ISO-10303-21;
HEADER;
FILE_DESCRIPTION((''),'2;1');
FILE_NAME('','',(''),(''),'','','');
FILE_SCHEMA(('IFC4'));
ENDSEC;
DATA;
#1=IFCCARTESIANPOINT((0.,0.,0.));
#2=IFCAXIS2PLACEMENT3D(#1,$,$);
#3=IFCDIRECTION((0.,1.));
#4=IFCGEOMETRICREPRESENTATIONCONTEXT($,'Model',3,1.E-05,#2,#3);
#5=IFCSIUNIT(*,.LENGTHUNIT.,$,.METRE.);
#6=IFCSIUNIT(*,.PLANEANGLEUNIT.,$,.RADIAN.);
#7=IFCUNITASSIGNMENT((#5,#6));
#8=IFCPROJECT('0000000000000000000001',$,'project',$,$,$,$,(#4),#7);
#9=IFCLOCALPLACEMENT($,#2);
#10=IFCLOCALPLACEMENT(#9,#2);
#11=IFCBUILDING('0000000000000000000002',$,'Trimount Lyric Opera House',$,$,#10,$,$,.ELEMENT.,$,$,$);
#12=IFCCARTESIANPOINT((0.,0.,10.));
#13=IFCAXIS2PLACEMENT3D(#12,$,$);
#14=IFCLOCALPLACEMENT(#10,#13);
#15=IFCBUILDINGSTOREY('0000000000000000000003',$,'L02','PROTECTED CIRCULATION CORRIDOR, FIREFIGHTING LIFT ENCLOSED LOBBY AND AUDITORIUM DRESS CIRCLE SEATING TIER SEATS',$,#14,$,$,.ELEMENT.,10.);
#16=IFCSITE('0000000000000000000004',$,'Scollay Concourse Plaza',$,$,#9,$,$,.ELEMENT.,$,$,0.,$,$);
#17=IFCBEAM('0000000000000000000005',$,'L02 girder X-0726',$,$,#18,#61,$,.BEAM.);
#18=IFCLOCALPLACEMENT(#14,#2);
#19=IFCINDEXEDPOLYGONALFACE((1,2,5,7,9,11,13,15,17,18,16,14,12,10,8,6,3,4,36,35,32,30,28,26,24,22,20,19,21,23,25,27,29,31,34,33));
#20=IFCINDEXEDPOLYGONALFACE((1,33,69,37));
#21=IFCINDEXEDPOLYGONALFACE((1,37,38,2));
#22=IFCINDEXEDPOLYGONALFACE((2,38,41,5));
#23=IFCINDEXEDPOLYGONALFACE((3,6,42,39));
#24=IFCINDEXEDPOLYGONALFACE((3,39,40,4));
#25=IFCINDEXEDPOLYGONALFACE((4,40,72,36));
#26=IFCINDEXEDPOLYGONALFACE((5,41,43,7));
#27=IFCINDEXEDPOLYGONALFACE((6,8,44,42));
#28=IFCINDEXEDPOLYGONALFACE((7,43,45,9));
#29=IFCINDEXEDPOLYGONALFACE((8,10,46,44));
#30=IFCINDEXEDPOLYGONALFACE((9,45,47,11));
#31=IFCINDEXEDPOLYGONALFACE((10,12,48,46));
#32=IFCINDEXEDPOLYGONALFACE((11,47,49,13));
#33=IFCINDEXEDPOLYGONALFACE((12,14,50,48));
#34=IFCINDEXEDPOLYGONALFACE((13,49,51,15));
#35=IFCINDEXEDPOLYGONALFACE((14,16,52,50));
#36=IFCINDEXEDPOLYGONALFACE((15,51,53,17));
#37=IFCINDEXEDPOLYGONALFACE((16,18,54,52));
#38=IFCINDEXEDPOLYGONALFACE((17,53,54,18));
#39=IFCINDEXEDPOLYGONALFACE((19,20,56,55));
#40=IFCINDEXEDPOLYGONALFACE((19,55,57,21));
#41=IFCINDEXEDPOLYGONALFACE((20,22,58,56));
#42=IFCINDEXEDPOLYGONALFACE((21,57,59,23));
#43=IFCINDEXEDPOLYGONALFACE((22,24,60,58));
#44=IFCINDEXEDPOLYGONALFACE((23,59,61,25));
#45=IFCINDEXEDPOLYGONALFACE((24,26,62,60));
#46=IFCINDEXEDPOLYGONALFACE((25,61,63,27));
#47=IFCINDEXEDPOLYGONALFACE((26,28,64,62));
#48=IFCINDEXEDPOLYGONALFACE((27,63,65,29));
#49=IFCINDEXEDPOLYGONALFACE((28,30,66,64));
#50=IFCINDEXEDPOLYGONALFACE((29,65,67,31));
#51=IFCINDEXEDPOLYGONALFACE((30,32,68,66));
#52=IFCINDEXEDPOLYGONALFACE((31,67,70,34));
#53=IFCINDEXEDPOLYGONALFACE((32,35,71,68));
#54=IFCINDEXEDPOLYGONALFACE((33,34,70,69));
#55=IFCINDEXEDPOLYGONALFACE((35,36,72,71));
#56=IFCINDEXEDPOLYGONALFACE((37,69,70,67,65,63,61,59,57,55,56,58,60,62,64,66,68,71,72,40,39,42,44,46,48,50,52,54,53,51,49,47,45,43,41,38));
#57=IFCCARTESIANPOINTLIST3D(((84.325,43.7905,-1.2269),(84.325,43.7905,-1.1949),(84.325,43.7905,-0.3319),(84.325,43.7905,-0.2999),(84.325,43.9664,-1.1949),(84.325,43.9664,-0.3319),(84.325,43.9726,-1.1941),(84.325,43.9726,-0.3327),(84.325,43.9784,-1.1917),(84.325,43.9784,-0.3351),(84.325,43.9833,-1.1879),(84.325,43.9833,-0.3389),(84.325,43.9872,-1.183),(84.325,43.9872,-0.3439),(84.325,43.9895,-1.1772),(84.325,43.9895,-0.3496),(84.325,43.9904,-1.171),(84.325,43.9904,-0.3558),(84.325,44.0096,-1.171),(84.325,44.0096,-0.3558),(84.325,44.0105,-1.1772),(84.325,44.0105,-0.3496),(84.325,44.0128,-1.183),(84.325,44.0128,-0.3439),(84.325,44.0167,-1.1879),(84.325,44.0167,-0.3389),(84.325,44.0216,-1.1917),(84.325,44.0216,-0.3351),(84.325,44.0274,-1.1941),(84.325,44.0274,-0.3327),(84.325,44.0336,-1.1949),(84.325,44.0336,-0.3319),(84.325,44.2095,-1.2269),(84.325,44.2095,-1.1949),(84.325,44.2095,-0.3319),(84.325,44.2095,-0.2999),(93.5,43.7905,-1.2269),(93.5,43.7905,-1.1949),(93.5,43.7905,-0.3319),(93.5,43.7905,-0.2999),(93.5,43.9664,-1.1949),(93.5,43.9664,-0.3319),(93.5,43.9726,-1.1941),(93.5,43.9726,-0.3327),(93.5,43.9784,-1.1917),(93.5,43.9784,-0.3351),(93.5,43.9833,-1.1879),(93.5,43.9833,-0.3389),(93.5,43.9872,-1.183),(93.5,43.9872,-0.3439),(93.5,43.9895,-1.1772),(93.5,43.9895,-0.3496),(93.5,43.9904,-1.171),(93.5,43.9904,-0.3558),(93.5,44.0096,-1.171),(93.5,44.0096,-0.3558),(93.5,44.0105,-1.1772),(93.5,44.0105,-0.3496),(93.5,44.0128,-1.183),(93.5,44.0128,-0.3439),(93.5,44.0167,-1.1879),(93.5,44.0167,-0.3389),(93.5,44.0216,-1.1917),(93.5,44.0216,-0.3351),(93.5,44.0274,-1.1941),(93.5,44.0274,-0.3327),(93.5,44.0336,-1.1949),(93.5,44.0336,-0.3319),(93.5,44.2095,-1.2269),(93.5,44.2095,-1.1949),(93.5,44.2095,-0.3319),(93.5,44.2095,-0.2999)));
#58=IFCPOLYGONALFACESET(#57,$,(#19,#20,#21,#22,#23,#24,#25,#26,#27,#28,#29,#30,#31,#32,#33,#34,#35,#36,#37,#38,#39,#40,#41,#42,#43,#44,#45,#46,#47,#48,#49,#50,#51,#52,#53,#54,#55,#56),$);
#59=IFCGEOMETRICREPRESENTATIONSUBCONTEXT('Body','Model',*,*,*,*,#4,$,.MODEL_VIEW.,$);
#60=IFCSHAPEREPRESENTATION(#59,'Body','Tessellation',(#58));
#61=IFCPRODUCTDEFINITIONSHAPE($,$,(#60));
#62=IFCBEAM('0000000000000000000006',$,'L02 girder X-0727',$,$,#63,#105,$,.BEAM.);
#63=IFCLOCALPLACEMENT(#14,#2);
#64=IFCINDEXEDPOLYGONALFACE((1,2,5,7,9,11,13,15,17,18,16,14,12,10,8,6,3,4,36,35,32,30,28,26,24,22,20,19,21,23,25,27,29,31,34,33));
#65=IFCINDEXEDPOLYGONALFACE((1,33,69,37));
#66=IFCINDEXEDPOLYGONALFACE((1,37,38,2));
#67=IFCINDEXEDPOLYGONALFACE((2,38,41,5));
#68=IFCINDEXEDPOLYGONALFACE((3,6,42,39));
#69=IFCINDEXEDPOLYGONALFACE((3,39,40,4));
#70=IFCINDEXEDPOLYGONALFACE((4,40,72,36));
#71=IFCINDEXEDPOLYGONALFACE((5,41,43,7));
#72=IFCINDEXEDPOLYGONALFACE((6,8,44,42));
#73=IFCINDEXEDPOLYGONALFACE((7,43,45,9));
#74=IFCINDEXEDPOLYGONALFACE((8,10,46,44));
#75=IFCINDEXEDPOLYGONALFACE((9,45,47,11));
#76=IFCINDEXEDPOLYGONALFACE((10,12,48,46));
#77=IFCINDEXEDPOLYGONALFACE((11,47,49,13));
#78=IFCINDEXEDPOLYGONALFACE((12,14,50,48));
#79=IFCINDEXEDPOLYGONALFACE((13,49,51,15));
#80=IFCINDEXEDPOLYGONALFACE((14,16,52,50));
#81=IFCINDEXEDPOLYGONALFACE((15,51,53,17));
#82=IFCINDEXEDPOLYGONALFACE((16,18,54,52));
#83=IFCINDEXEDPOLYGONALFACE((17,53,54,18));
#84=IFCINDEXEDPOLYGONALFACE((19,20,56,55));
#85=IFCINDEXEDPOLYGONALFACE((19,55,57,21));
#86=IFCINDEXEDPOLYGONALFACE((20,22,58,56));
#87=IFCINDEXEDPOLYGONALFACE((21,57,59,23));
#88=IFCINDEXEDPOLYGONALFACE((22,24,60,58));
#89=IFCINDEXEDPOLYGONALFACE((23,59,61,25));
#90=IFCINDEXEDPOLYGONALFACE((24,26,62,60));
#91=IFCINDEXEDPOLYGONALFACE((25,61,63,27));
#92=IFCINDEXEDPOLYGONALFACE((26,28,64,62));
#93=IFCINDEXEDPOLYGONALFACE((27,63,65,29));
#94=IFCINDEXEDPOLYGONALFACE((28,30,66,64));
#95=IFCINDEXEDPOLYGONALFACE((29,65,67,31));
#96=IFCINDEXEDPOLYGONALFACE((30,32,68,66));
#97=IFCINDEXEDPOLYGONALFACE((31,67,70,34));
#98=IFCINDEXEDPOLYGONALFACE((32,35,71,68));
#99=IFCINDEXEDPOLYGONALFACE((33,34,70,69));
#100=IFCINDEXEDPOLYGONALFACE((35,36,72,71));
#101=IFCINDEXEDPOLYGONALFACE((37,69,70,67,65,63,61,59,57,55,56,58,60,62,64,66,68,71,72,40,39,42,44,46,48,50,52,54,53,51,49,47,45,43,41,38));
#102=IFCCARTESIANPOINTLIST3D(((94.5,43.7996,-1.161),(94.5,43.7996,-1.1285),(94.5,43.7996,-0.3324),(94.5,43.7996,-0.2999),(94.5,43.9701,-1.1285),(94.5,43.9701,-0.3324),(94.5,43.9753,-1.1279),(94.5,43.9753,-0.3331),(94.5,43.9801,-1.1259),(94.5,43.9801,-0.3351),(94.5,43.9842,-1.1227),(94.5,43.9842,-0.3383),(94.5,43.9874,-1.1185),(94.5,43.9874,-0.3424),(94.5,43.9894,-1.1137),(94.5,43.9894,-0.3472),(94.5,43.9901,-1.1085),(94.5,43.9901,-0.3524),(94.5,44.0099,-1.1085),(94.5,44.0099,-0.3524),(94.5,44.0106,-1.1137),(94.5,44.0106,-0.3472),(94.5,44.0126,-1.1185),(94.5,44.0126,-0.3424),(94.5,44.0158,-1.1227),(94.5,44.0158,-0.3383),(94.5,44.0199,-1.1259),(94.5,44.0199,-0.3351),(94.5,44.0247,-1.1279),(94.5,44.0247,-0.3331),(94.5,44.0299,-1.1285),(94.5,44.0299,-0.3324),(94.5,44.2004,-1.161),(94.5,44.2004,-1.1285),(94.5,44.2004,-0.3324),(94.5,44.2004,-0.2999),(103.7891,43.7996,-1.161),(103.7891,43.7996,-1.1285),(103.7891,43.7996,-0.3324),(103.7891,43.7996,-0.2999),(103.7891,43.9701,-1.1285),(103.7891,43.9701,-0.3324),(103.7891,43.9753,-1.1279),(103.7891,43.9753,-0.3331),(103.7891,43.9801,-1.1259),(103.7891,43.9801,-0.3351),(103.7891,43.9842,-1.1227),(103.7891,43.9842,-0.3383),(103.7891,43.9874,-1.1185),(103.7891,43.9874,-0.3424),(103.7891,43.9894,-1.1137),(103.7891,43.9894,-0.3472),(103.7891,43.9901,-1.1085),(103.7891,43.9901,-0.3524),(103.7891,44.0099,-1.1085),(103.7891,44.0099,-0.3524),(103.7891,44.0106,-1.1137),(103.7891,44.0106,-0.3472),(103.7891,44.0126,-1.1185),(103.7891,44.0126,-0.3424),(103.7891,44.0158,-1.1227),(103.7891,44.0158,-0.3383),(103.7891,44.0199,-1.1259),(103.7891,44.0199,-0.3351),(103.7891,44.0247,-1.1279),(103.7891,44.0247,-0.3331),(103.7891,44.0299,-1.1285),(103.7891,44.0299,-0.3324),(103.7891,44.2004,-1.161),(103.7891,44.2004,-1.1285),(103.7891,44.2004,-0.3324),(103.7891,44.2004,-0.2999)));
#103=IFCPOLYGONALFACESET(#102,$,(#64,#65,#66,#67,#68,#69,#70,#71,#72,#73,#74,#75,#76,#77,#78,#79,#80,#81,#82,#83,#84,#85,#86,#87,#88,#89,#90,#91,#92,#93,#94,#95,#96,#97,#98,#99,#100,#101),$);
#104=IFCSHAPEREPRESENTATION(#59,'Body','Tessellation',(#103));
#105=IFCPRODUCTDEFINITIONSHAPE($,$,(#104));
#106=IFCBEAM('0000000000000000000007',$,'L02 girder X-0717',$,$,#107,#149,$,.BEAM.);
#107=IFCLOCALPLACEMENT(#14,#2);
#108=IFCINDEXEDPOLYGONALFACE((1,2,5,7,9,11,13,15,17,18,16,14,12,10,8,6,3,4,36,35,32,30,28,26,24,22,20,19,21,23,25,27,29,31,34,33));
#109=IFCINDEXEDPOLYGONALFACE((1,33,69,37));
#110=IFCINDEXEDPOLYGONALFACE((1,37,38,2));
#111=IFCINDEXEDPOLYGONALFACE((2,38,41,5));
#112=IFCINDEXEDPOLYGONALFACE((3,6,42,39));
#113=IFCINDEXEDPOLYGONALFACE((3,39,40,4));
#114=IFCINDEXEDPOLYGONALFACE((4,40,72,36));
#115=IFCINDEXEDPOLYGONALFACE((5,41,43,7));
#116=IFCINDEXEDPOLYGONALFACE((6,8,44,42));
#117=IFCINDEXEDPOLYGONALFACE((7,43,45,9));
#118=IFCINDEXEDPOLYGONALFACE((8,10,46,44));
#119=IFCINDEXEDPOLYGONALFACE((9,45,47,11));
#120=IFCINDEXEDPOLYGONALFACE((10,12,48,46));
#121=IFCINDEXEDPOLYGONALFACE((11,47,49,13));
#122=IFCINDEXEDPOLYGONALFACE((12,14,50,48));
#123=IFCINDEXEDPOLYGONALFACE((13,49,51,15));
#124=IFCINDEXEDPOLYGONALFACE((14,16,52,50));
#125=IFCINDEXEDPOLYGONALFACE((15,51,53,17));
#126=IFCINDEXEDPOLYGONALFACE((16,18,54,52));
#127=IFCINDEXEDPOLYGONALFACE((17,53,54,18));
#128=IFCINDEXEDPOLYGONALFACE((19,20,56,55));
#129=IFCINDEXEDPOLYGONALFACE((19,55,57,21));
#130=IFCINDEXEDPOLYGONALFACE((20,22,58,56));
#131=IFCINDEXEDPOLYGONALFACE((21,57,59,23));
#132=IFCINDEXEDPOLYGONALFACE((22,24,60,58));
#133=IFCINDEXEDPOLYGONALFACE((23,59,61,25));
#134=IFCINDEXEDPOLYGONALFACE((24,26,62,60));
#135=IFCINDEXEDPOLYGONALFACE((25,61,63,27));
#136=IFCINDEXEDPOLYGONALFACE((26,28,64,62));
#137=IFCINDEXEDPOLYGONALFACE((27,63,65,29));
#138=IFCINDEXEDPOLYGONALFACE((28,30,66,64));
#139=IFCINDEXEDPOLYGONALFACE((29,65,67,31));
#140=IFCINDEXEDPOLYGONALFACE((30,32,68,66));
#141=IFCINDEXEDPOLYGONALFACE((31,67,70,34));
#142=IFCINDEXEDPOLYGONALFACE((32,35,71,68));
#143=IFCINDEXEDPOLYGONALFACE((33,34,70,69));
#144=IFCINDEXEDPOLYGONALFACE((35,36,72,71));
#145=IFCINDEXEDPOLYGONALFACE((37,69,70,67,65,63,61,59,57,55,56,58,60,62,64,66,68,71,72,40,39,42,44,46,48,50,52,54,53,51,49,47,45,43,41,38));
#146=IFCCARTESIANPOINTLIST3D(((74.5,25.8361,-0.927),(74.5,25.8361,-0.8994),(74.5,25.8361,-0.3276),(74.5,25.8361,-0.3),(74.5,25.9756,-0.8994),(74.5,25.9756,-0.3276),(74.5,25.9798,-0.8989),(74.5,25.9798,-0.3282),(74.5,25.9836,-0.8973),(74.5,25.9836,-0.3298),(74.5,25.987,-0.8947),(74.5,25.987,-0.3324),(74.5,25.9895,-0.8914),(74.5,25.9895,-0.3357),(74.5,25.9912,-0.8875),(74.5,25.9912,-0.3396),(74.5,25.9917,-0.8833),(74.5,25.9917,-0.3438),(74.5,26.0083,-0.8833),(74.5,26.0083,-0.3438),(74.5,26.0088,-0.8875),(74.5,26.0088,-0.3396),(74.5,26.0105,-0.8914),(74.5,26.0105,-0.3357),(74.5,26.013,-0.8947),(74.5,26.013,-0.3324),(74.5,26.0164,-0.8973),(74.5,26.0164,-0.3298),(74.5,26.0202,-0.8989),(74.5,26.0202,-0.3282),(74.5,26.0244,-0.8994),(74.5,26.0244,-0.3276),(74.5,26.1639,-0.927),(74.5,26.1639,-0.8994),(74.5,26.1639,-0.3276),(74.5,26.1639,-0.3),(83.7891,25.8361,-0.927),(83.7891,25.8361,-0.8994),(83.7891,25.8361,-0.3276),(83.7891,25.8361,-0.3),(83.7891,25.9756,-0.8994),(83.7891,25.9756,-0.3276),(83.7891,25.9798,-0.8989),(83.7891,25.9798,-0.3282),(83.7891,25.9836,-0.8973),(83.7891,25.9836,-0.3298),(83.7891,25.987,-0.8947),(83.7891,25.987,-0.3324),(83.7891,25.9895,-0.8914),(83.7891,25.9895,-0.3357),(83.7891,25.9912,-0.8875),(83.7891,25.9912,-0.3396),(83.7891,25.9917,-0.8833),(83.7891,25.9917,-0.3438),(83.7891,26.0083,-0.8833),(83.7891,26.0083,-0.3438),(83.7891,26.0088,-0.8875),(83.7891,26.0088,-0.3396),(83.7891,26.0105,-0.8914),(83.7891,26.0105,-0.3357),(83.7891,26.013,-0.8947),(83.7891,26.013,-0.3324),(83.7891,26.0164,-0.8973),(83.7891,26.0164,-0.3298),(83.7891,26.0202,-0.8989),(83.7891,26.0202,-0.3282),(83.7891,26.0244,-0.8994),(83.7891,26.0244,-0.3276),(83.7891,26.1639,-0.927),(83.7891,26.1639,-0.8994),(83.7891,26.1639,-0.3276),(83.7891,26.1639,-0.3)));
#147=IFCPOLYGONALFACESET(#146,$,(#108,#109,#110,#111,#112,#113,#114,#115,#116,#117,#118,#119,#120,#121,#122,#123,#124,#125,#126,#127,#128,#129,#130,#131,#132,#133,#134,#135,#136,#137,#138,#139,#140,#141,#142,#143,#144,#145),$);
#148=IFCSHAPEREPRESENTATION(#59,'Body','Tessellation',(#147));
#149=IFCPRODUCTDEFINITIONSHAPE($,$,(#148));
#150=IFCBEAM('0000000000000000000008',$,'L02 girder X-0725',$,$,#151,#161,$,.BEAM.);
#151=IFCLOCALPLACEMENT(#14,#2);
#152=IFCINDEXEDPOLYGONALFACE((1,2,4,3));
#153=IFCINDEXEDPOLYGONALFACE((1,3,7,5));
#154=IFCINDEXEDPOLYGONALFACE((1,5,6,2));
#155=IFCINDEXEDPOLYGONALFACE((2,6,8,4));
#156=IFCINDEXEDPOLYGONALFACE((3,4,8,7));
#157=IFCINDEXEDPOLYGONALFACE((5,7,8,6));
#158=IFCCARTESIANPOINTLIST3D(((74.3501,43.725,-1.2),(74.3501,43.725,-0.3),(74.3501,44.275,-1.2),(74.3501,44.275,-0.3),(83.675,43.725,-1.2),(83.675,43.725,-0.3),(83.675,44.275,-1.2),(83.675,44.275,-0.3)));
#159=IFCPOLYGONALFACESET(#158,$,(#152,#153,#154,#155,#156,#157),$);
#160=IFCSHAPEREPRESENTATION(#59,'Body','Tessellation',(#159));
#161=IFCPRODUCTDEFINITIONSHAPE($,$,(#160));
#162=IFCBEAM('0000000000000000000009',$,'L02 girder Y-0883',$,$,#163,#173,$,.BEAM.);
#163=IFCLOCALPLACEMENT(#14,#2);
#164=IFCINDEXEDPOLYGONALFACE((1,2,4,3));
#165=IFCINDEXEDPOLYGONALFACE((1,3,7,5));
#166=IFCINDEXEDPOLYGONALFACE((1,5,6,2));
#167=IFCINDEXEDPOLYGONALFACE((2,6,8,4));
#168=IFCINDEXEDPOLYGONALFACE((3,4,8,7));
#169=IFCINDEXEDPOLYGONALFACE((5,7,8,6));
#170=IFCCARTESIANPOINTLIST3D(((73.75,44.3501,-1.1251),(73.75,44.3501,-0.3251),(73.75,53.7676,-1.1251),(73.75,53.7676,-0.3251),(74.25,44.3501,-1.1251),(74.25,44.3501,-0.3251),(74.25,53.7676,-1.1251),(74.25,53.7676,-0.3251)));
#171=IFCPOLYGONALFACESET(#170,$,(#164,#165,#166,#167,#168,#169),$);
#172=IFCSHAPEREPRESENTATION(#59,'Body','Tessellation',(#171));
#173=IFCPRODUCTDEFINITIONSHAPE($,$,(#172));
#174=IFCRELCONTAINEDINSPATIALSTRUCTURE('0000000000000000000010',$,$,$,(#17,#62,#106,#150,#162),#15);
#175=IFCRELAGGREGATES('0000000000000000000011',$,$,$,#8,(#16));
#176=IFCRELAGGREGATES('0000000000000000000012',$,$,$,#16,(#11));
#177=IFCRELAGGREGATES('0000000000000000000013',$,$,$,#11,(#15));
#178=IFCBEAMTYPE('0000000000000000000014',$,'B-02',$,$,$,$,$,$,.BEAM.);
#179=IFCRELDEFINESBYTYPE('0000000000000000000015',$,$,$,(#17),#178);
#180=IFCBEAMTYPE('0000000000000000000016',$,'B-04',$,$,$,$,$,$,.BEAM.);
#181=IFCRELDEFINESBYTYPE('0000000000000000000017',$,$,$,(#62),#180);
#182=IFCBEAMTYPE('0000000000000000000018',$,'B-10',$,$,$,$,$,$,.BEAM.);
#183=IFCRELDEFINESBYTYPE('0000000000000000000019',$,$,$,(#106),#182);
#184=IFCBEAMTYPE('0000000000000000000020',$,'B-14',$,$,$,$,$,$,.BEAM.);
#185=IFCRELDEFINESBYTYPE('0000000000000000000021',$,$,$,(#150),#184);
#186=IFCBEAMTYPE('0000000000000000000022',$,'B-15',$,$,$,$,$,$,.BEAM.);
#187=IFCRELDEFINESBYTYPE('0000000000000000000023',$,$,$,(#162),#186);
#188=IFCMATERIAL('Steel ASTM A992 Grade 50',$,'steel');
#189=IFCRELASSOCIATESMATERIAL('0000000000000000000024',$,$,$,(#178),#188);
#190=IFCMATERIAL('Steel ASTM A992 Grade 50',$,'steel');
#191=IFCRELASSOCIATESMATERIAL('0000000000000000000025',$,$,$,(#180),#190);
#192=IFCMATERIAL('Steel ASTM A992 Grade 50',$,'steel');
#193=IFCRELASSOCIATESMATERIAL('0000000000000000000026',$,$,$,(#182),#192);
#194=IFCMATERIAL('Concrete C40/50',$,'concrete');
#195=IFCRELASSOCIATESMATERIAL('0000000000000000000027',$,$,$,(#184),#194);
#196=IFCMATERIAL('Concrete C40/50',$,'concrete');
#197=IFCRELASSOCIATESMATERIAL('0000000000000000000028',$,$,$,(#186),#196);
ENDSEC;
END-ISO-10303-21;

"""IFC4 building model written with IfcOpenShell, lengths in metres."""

from ifc_helpers import new_model, si_unit, direction, frame, origin, origin_2d, place, context, subcontext, project, spatial, rectangle, i_section, extrude, material, material_profile, profile_set, type_object, element, save


model = new_model("IFC4")

# Units and contexts
model_context = context("Model", 3, precision=1e-05, world=origin(), true_north=direction((0.0, 1.0)))
body_context = subcontext(model_context, "Body", "Model", "MODEL_VIEW")
ifc_project = project(units=[si_unit("LENGTHUNIT", "METRE"), si_unit("PLANEANGLEUNIT", "RADIAN")], contexts=[model_context])

# Site, building, storey
site_placement = place(None, origin())
site = spatial("IfcSite", under=ifc_project, at=site_placement, Name="Scollay Concourse Plaza", CompositionType="ELEMENT", RefElevation=0.0)
building_placement = place(site_placement, origin())
building = spatial("IfcBuilding", under=site, at=building_placement, Name="Trimount Lyric Opera House", CompositionType="ELEMENT")
storey_placement = place(building_placement, frame((0.0, 0.0, 10.0)))
storey = spatial("IfcBuildingStorey", under=building, at=storey_placement, Name="L02", Description="PROTECTED CIRCULATION CORRIDOR, FIREFIGHTING LIFT ENCLOSED LOBBY AND AUDITORIUM DRESS CIRCLE SEATING TIER SEATS", CompositionType="ELEMENT", Elevation=10.0)

# Beams
ifc_material_1 = material(Name="Steel ASTM A992 Grade 50", Category="steel")
ifc_material_profile_1 = material_profile(ifc_material_1, i_section(OverallWidth=0.4189, OverallDepth=0.927, WebThickness=0.0193, FlangeThickness=0.032, FilletRadius=0.0239, at=origin_2d()), Name="W36X231")
ifc_profile_set_1 = profile_set([ifc_material_profile_1], Name="Steel ASTM A992 Grade 50")
beam_type_1 = type_object("IfcBeamType", Name="B-02", PredefinedType="BEAM", material=ifc_profile_set_1)
beam_1_placement = place(storey_placement, frame((84.325, 44.0, -0.7634), z_axis=(1.0, 0.0, 0.0), x_axis=(0.0, 1.0, 0.0)))
element("IfcBeam", 1, at=beam_1_placement, inside=storey, type_object=beam_type_1, Name="L02 girder X-0726", PredefinedType="BEAM", context=body_context, shape_type="SweptSolid", body=[
    extrude(i_section(OverallWidth=0.4189, OverallDepth=0.927, WebThickness=0.0193, FlangeThickness=0.032, FilletRadius=0.0239, at=origin_2d()), origin(), (0.0, 0.0, 1.0), 9.175),
])
ifc_material_2 = material(Name="Steel ASTM A992 Grade 50", Category="steel")
ifc_material_profile_2 = material_profile(ifc_material_2, i_section(OverallWidth=0.4009, OverallDepth=0.8611, WebThickness=0.0198, FlangeThickness=0.0325, FilletRadius=0.02, at=origin_2d()), Name="W33X221")
ifc_profile_set_2 = profile_set([ifc_material_profile_2], Name="Steel ASTM A992 Grade 50")
beam_type_2 = type_object("IfcBeamType", Name="B-04", PredefinedType="BEAM", material=ifc_profile_set_2)
beam_2_placement = place(storey_placement, frame((94.5, 44.0, -0.7305), z_axis=(1.0, 0.0, 0.0), x_axis=(0.0, 1.0, 0.0)))
element("IfcBeam", 2, at=beam_2_placement, inside=storey, type_object=beam_type_2, Name="L02 girder X-0727", PredefinedType="BEAM", context=body_context, shape_type="SweptSolid", body=[
    extrude(i_section(OverallWidth=0.4009, OverallDepth=0.8611, WebThickness=0.0198, FlangeThickness=0.0325, FilletRadius=0.02, at=origin_2d()), origin(), (0.0, 0.0, 1.0), 9.2891),
])
ifc_material_3 = material(Name="Steel ASTM A992 Grade 50", Category="steel")
ifc_material_profile_3 = material_profile(ifc_material_3, i_section(OverallWidth=0.3279, OverallDepth=0.627, WebThickness=0.0166, FlangeThickness=0.0276, FilletRadius=0.0161, at=origin_2d()), Name="W24X146")
ifc_profile_set_3 = profile_set([ifc_material_profile_3], Name="Steel ASTM A992 Grade 50")
beam_type_3 = type_object("IfcBeamType", Name="B-10", PredefinedType="BEAM", material=ifc_profile_set_3)
beam_3_placement = place(storey_placement, frame((74.5, 26.0, -0.6135), z_axis=(1.0, 0.0, 0.0), x_axis=(0.0, 1.0, 0.0)))
element("IfcBeam", 3, at=beam_3_placement, inside=storey, type_object=beam_type_3, Name="L02 girder X-0717", PredefinedType="BEAM", context=body_context, shape_type="SweptSolid", body=[
    extrude(i_section(OverallWidth=0.3279, OverallDepth=0.627, WebThickness=0.0166, FlangeThickness=0.0276, FilletRadius=0.0161, at=origin_2d()), origin(), (0.0, 0.0, 1.0), 9.2891),
])
ifc_material_4 = material(Name="Concrete C40/50", Category="concrete")
ifc_material_profile_4 = material_profile(ifc_material_4, rectangle(XDim=0.55, YDim=0.8999, at=origin_2d()), Name="RC550X900")
ifc_profile_set_4 = profile_set([ifc_material_profile_4], Name="Concrete C40/50")
beam_type_4 = type_object("IfcBeamType", Name="B-14", PredefinedType="BEAM", material=ifc_profile_set_4)
beam_4_placement = place(storey_placement, frame((74.3501, 44.0, -0.75), z_axis=(1.0, 0.0, 0.0), x_axis=(0.0, 1.0, 0.0)))
element("IfcBeam", 4, at=beam_4_placement, inside=storey, type_object=beam_type_4, Name="L02 girder X-0725", PredefinedType="BEAM", context=body_context, shape_type="SweptSolid", body=[
    extrude(rectangle(XDim=0.55, YDim=0.8999, at=origin_2d()), origin(), (0.0, 0.0, 1.0), 9.325),
])
ifc_material_5 = material(Name="Concrete C40/50", Category="concrete")
ifc_material_profile_5 = material_profile(ifc_material_5, rectangle(XDim=0.5, YDim=0.8, at=origin_2d()), Name="RC500X800")
ifc_profile_set_5 = profile_set([ifc_material_profile_5], Name="Concrete C40/50")
beam_type_5 = type_object("IfcBeamType", Name="B-15", PredefinedType="BEAM", material=ifc_profile_set_5)
beam_5_placement = place(storey_placement, frame((74.0, 44.3501, -0.7251), z_axis=(0.0, 1.0, 0.0), x_axis=(-1.0, 0.0, 0.0)))
element("IfcBeam", 5, at=beam_5_placement, inside=storey, type_object=beam_type_5, Name="L02 girder Y-0883", PredefinedType="BEAM", context=body_context, shape_type="SweptSolid", body=[
    extrude(rectangle(XDim=0.5, YDim=0.8, at=origin_2d()), origin(), (0.0, 0.0, 1.0), 9.4175),
])

save(model, "model.ifc")
